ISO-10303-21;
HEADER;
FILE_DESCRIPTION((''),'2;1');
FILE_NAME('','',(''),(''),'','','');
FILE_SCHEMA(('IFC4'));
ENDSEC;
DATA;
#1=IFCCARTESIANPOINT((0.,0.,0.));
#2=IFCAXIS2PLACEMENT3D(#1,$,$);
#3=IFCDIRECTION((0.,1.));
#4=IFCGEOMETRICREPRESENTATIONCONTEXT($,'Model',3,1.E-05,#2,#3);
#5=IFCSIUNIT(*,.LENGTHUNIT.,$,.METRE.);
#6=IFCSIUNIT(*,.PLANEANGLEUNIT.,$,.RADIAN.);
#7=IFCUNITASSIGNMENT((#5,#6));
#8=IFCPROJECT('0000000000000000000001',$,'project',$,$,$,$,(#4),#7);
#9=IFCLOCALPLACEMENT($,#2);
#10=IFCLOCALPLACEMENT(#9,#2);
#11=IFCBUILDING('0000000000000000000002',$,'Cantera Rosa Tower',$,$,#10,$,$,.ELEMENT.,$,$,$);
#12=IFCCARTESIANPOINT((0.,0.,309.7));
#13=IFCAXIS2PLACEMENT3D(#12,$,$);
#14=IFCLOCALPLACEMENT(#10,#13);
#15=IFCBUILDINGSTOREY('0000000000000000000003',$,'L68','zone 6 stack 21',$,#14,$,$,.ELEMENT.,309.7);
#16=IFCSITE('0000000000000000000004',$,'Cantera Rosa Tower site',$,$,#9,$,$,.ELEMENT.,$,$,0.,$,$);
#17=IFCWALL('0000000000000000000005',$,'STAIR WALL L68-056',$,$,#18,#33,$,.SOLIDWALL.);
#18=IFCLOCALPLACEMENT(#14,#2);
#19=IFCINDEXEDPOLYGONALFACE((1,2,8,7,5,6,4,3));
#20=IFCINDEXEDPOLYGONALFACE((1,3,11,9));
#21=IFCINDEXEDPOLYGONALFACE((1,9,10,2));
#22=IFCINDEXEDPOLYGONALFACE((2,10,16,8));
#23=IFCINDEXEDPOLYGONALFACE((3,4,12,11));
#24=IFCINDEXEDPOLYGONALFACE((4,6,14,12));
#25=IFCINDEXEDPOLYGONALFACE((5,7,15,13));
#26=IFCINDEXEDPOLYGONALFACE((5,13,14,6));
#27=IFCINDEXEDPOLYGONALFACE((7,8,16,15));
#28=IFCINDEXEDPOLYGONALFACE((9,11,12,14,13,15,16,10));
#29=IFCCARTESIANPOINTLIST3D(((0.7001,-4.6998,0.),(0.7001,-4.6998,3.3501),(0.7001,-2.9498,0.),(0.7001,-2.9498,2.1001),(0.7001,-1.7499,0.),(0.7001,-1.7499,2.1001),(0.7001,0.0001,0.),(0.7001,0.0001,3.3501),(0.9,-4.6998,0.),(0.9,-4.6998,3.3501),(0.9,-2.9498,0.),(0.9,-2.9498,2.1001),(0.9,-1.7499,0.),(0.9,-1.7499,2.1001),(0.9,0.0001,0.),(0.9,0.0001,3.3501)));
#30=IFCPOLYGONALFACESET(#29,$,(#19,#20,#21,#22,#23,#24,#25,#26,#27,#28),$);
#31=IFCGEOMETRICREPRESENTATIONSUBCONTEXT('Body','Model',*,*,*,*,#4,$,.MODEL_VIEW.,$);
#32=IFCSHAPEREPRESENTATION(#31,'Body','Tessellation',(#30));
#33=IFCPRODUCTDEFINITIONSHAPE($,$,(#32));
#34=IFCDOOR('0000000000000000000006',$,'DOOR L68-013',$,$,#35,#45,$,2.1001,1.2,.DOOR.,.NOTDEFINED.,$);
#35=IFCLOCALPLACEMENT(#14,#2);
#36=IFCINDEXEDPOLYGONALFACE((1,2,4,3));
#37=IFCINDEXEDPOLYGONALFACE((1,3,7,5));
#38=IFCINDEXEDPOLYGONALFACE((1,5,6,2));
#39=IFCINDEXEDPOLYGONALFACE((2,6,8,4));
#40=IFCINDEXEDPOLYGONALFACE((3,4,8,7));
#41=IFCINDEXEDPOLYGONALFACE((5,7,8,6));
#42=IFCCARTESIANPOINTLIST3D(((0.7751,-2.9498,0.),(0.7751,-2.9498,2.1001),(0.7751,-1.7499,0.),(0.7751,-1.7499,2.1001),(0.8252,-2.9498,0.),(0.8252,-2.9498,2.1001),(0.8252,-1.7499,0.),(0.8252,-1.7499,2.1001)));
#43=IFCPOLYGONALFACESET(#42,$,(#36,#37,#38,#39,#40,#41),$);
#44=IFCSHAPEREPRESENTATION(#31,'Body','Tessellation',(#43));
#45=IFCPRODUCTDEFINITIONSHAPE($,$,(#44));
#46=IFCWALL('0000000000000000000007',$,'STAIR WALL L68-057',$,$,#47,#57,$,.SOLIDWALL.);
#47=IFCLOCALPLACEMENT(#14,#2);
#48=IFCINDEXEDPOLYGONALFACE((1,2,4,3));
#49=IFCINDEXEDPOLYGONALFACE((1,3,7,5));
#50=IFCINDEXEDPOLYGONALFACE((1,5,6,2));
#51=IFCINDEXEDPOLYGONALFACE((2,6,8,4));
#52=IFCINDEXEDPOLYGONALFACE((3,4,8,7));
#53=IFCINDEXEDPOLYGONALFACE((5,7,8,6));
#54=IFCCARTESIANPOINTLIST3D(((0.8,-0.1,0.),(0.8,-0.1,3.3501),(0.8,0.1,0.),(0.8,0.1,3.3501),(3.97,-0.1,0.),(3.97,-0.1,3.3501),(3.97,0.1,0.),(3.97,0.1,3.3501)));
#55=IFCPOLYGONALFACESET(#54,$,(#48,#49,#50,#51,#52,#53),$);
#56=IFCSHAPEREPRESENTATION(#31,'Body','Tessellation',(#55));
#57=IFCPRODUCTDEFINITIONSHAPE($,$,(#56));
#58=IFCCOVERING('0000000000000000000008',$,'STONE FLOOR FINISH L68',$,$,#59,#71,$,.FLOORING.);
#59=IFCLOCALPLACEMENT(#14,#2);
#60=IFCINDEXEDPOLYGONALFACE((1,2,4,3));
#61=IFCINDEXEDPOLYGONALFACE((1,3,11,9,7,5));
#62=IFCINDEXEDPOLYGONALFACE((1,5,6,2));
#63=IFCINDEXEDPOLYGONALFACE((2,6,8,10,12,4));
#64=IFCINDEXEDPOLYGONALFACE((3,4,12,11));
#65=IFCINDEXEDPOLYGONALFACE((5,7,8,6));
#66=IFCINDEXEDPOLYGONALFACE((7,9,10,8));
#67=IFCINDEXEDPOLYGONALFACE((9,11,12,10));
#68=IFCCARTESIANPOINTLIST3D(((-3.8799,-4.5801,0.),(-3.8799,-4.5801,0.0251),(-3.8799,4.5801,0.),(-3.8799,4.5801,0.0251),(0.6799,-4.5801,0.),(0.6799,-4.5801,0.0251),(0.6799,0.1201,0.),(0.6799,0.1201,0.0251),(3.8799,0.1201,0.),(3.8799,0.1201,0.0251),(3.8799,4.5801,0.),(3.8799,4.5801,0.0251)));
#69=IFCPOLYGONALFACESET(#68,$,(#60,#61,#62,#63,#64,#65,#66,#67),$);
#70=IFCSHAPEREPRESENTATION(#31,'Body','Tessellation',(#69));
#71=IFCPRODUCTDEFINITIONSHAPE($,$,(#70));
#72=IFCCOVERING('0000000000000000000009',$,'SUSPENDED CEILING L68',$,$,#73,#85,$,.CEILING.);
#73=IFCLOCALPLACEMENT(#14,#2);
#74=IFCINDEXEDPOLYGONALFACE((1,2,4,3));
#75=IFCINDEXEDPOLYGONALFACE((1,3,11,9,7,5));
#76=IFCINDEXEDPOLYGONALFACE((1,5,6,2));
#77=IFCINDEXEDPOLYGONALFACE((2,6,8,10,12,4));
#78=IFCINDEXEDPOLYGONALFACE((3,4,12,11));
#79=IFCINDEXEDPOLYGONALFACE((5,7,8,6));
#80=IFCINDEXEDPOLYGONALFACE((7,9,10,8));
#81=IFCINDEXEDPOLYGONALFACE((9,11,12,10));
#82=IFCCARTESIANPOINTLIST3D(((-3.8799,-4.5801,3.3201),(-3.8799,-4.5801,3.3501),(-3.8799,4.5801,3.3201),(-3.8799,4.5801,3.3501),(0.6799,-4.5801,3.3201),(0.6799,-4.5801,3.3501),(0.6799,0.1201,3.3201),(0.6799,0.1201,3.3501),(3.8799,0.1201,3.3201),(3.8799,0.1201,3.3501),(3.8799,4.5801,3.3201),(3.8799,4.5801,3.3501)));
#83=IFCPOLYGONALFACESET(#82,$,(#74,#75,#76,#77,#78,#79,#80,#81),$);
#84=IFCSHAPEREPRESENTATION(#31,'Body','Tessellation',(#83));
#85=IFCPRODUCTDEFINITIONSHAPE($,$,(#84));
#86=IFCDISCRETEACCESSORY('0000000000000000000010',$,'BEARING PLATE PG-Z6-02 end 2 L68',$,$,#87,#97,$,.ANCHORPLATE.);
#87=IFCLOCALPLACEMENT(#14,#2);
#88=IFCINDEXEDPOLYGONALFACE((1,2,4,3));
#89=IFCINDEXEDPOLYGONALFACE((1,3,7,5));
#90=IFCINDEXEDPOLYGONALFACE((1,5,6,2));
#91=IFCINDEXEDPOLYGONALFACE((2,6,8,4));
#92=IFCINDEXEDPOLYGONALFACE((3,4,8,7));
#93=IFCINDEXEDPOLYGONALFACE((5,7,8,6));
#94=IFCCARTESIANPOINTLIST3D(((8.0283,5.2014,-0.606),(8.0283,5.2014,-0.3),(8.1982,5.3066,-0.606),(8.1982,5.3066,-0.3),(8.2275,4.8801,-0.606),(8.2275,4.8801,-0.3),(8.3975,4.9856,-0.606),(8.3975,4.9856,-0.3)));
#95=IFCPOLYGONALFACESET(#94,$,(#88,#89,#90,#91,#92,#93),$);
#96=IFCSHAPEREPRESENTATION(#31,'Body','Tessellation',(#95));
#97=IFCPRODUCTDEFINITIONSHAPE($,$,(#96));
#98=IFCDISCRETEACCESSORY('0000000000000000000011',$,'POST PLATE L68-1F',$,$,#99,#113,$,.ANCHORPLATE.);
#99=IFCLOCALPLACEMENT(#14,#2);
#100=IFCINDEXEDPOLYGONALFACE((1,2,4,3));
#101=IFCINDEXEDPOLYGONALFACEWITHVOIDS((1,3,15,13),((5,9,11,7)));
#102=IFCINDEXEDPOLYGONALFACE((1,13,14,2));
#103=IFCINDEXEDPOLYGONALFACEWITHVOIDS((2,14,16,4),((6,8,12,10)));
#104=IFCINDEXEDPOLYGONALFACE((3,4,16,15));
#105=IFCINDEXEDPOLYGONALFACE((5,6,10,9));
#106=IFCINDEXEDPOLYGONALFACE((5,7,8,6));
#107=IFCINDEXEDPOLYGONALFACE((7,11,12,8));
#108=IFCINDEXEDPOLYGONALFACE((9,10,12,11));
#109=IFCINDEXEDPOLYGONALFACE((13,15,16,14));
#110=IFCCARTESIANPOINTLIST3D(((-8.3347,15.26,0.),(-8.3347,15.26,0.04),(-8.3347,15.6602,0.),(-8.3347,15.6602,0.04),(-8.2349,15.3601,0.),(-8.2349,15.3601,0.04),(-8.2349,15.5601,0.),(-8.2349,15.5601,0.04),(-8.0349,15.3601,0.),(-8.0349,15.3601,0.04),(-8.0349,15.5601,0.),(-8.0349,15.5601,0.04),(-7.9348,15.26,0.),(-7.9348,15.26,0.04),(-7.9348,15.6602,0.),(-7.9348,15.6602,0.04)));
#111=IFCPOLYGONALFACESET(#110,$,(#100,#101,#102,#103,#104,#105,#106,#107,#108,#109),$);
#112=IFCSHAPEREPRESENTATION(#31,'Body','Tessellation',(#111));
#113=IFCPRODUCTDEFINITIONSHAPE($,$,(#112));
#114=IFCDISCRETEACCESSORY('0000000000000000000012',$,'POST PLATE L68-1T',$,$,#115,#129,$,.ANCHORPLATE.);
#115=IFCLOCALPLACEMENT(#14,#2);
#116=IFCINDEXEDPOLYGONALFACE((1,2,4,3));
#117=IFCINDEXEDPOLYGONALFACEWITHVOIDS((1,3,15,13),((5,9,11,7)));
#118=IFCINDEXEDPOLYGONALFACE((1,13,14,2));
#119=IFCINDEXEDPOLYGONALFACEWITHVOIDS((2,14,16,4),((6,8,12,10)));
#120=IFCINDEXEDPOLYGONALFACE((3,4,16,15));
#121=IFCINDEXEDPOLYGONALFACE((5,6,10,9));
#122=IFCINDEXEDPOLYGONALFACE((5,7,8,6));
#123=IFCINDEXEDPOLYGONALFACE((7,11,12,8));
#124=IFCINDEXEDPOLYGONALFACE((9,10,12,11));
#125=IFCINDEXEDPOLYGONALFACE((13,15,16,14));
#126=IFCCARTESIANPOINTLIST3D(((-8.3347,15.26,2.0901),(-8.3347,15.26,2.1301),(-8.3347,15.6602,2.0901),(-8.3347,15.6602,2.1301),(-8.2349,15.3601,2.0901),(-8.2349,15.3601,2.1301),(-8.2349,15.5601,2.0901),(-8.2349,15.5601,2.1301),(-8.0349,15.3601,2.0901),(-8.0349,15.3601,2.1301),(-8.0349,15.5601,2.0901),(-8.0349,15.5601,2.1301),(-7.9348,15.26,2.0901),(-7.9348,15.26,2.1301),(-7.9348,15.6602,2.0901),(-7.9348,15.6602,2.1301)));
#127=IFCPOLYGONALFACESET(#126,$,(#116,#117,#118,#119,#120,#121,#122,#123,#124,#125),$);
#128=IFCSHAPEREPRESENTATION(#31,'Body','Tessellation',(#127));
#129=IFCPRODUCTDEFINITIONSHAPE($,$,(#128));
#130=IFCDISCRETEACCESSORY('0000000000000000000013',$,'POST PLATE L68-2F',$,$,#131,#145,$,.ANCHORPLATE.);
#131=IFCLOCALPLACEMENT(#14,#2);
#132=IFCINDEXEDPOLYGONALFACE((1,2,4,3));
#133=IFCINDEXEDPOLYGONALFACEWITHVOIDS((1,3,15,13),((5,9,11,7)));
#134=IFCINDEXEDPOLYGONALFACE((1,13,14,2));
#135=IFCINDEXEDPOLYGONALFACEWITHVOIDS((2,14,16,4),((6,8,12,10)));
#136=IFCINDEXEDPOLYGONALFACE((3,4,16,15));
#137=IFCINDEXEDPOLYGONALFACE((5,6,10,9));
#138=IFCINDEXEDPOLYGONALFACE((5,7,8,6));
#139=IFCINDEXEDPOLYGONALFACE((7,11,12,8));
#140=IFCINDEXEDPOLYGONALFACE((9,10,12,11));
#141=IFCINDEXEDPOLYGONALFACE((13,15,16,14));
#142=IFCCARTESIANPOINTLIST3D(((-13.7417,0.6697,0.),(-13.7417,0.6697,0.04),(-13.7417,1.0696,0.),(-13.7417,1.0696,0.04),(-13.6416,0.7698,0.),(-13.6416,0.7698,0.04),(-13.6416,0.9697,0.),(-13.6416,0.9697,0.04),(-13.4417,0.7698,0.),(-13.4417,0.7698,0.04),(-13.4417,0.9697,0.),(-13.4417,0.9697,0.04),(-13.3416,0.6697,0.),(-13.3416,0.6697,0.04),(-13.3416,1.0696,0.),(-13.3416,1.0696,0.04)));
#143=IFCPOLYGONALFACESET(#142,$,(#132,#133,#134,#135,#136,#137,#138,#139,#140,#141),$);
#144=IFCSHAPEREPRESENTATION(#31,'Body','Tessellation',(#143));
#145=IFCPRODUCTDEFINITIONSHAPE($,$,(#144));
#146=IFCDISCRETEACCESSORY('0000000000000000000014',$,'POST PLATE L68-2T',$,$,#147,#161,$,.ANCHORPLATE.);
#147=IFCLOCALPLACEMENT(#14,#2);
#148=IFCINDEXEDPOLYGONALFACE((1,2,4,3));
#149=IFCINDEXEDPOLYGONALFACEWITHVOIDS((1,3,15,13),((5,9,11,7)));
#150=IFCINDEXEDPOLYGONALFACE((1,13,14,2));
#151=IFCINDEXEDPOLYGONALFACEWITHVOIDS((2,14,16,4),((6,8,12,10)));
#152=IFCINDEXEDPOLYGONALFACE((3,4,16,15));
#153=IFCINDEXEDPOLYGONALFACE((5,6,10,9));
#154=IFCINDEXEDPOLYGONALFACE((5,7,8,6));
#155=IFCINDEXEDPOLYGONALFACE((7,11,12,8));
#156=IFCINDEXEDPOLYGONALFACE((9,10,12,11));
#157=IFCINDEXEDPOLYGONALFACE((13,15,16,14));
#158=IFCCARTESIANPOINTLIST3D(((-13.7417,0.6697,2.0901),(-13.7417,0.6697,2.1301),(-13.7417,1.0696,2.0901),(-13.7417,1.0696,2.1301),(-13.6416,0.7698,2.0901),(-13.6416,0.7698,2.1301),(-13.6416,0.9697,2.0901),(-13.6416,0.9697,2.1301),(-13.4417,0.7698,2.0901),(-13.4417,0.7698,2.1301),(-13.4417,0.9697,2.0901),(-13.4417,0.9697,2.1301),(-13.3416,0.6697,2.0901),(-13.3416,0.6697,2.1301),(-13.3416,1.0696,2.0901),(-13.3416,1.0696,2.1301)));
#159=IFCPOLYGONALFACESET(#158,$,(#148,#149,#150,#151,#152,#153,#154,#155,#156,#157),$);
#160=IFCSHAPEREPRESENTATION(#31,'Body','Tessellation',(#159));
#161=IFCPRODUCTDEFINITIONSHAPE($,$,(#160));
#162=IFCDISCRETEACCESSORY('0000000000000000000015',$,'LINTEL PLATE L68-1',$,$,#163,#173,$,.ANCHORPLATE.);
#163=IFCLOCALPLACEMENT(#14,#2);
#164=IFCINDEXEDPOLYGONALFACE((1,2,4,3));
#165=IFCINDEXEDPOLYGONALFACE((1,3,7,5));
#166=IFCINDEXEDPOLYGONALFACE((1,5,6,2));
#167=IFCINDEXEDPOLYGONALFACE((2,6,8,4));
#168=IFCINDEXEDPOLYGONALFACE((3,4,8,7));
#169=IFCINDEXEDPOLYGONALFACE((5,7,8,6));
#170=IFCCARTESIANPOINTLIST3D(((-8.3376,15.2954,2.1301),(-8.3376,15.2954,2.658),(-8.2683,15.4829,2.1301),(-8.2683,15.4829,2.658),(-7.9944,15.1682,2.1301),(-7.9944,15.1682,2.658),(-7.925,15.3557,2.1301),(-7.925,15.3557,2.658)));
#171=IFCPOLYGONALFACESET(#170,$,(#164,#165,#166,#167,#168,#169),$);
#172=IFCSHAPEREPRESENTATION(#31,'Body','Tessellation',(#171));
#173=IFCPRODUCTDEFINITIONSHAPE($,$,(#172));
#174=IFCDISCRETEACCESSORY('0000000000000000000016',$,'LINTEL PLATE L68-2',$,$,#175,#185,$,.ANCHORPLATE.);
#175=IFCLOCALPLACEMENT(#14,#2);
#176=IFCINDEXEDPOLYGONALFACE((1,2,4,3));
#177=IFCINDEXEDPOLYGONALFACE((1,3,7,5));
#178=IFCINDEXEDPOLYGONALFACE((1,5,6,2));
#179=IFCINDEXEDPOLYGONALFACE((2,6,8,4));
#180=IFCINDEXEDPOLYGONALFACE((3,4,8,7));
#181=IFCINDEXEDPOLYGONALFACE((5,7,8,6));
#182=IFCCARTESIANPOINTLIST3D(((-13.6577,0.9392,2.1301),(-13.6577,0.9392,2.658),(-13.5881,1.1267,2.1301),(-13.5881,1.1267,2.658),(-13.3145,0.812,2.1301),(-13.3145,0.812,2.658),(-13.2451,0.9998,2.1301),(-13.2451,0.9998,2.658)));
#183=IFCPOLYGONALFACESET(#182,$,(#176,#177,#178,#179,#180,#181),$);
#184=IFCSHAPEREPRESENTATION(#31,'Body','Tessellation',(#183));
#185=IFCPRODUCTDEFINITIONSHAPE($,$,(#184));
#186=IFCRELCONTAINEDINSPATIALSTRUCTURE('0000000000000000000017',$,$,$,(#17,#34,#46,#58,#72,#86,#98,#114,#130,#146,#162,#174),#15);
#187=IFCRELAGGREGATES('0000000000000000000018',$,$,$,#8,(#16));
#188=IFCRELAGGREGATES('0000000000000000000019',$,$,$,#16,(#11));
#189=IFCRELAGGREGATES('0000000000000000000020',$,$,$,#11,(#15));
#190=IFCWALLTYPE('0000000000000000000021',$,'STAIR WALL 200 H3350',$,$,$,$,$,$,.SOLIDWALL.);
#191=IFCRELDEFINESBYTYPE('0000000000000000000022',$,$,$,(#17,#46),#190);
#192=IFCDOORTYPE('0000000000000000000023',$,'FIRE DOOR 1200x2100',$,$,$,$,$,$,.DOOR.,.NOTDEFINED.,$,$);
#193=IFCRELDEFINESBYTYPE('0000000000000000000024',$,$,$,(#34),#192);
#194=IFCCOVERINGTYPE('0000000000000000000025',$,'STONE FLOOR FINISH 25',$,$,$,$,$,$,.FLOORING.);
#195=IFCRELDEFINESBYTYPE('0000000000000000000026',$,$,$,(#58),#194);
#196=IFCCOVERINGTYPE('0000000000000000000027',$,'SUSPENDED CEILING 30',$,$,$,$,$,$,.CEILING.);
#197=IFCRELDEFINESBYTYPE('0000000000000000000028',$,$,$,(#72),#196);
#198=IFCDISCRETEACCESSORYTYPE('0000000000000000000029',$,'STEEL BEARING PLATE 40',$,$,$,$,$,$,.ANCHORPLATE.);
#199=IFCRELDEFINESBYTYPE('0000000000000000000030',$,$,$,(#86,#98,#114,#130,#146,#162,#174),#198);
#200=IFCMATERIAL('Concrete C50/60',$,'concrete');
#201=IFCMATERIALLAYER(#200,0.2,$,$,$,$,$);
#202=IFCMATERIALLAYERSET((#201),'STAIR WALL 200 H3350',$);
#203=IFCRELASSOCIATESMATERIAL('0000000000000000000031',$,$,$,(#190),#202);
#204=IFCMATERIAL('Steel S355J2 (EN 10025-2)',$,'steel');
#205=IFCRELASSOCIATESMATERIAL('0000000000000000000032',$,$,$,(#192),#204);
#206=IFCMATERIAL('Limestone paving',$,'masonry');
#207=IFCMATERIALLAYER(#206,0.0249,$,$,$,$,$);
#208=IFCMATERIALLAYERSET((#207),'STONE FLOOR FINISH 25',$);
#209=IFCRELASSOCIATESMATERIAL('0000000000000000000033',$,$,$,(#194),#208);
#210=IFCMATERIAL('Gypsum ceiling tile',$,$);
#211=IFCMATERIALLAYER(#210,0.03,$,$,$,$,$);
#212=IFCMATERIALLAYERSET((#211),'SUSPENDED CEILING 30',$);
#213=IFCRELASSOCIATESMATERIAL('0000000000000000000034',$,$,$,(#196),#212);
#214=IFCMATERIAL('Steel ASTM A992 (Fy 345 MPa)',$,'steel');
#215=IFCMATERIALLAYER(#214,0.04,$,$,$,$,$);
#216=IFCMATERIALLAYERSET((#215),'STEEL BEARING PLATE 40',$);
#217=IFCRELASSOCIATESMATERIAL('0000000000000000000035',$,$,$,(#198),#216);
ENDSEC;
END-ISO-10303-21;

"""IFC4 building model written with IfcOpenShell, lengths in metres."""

from ifc_helpers import new_model, si_unit, direction, frame, frame_2d, origin, place, context, subcontext, project, spatial, polyline, rectangle, outline, extrude, material, layer, layer_set, type_object, element, fill, save


model = new_model("IFC4")

# Units and contexts
model_context = context("Model", 3, precision=1e-05, world=origin(), true_north=direction((0.0, 1.0)))
body_context = subcontext(model_context, "Body", "Model", "MODEL_VIEW")
ifc_project = project(units=[si_unit("LENGTHUNIT", "METRE"), si_unit("PLANEANGLEUNIT", "RADIAN")], contexts=[model_context])

# Site, building, storey
site_placement = place(None, origin())
site = spatial("IfcSite", under=ifc_project, at=site_placement, Name="Cantera Rosa Tower site", CompositionType="ELEMENT", RefElevation=0.0)
building_placement = place(site_placement, origin())
building = spatial("IfcBuilding", under=site, at=building_placement, Name="Cantera Rosa Tower", CompositionType="ELEMENT")
storey_placement = place(building_placement, frame((0.0, 0.0, 309.7)))
storey = spatial("IfcBuildingStorey", under=building, at=storey_placement, Name="L68", Description="zone 6 stack 21", CompositionType="ELEMENT", Elevation=309.7)

# Wall, opening, door
ifc_material_1 = material(Name="Concrete C50/60", Category="concrete")
ifc_layer_1 = layer(ifc_material_1, 0.2)
ifc_layer_set_1 = layer_set([ifc_layer_1], Name="STAIR WALL 200 H3350")
wall_type_1 = type_object("IfcWallType", Name="STAIR WALL 200 H3350", PredefinedType="SOLIDWALL", material=ifc_layer_set_1)
wall_1_placement = place(storey_placement, frame((0.8, -4.7, 0.0), z_axis=(0.0, 0.0, 1.0), x_axis=(0.0, 1.0, 0.0)))
wall_1 = element("IfcWall", 1, at=wall_1_placement, inside=storey, type_object=wall_type_1, Name="STAIR WALL L68-056", PredefinedType="SOLIDWALL", context=body_context, shape_type="SweptSolid", body=[
    extrude(rectangle(XDim=4.7, YDim=0.2, at=frame_2d((2.3501, 0.0))), origin(), (0.0, 0.0, 1.0), 3.3501),
])
opening_1_placement = place(wall_1_placement, frame((1.75, 0.0, 0.0)))
opening_1 = element("IfcOpeningElement", 2, at=opening_1_placement, cuts=wall_1, PredefinedType="OPENING", context=body_context, shape_type="SweptSolid", body=[
    extrude(rectangle(XDim=1.2, YDim=2.1001, at=frame_2d((0.6001, 1.05))), frame((0.0, 0.1099, 0.0), z_axis=(0.0, -1.0, 0.0), x_axis=(1.0, 0.0, 0.0)), (0.0, 0.0, 1.0), 0.22),
])
ifc_material_2 = material(Name="Steel S355J2 (EN 10025-2)", Category="steel")
door_type_1 = type_object("IfcDoorType", Name="FIRE DOOR 1200x2100", OperationType="NOTDEFINED", PredefinedType="DOOR", material=ifc_material_2)
door_1_placement = place(opening_1_placement, origin())
door_1 = element("IfcDoor", 3, at=door_1_placement, inside=storey, type_object=door_type_1, Name="DOOR L68-013", OperationType="NOTDEFINED", OverallHeight=2.1001, OverallWidth=1.2, PredefinedType="DOOR", context=body_context, shape_type="SweptSolid", body=[
    extrude(rectangle(XDim=1.2, YDim=2.1001, at=frame_2d((0.6001, 1.05))), frame((0.0, 0.0249, 0.0), z_axis=(0.0, -1.0, 0.0), x_axis=(1.0, 0.0, 0.0)), (0.0, 0.0, 1.0), 0.05),
])
fill(opening_1, door_1)

# Wall
wall_2_placement = place(storey_placement, frame((0.8, 0.0, 0.0), z_axis=(0.0, 0.0, 1.0), x_axis=(1.0, 0.0, 0.0)))
element("IfcWall", 4, at=wall_2_placement, inside=storey, type_object=wall_type_1, Name="STAIR WALL L68-057", PredefinedType="SOLIDWALL", context=body_context, shape_type="SweptSolid", body=[
    extrude(rectangle(XDim=3.1699, YDim=0.2, at=frame_2d((1.585, 0.0))), origin(), (0.0, 0.0, 1.0), 3.3501),
])

# Coverings
ifc_material_3 = material(Name="Limestone paving", Category="masonry")
ifc_layer_2 = layer(ifc_material_3, 0.0249)
ifc_layer_set_2 = layer_set([ifc_layer_2], Name="STONE FLOOR FINISH 25")
covering_type_1 = type_object("IfcCoveringType", Name="STONE FLOOR FINISH 25", PredefinedType="FLOORING", material=ifc_layer_set_2)
covering_1_placement = place(storey_placement, origin())
element("IfcCovering", 5, at=covering_1_placement, inside=storey, type_object=covering_type_1, Name="STONE FLOOR FINISH L68", PredefinedType="FLOORING", context=body_context, shape_type="SweptSolid", body=[
    extrude(outline(polyline([(3.8799, 4.5801), (3.8799, 0.1201), (0.6799, 0.1201), (0.6799, -4.5801), (-3.8799, -4.5801), (-3.8799, 4.5801), (3.8799, 4.5801)])), origin(), (0.0, 0.0, 1.0), 0.0251),
])
ifc_material_4 = material(Name="Gypsum ceiling tile")
ifc_layer_3 = layer(ifc_material_4, 0.03)
ifc_layer_set_3 = layer_set([ifc_layer_3], Name="SUSPENDED CEILING 30")
covering_type_2 = type_object("IfcCoveringType", Name="SUSPENDED CEILING 30", PredefinedType="CEILING", material=ifc_layer_set_3)
covering_2_placement = place(storey_placement, frame((0.0, 0.0, 3.3201)))
element("IfcCovering", 6, at=covering_2_placement, inside=storey, type_object=covering_type_2, Name="SUSPENDED CEILING L68", PredefinedType="CEILING", context=body_context, shape_type="SweptSolid", body=[
    extrude(outline(polyline([(3.8799, 4.5801), (3.8799, 0.1201), (0.6799, 0.1201), (0.6799, -4.5801), (-3.8799, -4.5801), (-3.8799, 4.5801), (3.8799, 4.5801)])), origin(), (0.0, 0.0, 1.0), 0.03),
])

# Discrete accessories
ifc_material_5 = material(Name="Steel ASTM A992 (Fy 345 MPa)", Category="steel")
ifc_layer_4 = layer(ifc_material_5, 0.04)
ifc_layer_set_4 = layer_set([ifc_layer_4], Name="STEEL BEARING PLATE 40")
discrete_accessory_type = type_object("IfcDiscreteAccessoryType", Name="STEEL BEARING PLATE 40", PredefinedType="ANCHORPLATE", material=ifc_layer_set_4)
discrete_accessory_1_placement = place(storey_placement, frame((0.0, 0.0, -0.606)))
element("IfcDiscreteAccessory", 7, at=discrete_accessory_1_placement, inside=storey, type_object=discrete_accessory_type, Name="BEARING PLATE PG-Z6-02 end 2 L68", PredefinedType="ANCHORPLATE", context=body_context, shape_type="SweptSolid", body=[
    extrude(outline(polyline([(8.1982, 5.3066), (8.0283, 5.2014), (8.2275, 4.8801), (8.3975, 4.9856), (8.1982, 5.3066)])), origin(), (0.0, 0.0, 1.0), 0.3059),
])
for number, where, name in (
    (8, (0.0, 0.0, 0.0), "POST PLATE L68-1F"),
    (9, (0.0, 0.0, 2.0901), "POST PLATE L68-1T"),
):
    element("IfcDiscreteAccessory", number, at=place(storey_placement, frame(where)), inside=storey, type_object=discrete_accessory_type, Name=name, PredefinedType="ANCHORPLATE", context=body_context, shape_type="SweptSolid", body=[
        extrude(outline(polyline([(-8.3347, 15.26), (-7.9348, 15.26), (-7.9348, 15.6602), (-8.3347, 15.6602), (-8.3347, 15.26)]), holes=[polyline([(-8.2349, 15.3601), (-8.0349, 15.3601), (-8.0349, 15.5601), (-8.2349, 15.5601), (-8.2349, 15.3601)])]), origin(), (0.0, 0.0, 1.0), 0.04),
    ])
for number, where, name in (
    (10, (0.0, 0.0, 0.0), "POST PLATE L68-2F"),
    (11, (0.0, 0.0, 2.0901), "POST PLATE L68-2T"),
):
    element("IfcDiscreteAccessory", number, at=place(storey_placement, frame(where)), inside=storey, type_object=discrete_accessory_type, Name=name, PredefinedType="ANCHORPLATE", context=body_context, shape_type="SweptSolid", body=[
        extrude(outline(polyline([(-13.7417, 0.6697), (-13.3416, 0.6697), (-13.3416, 1.0696), (-13.7417, 1.0696), (-13.7417, 0.6697)]), holes=[polyline([(-13.6416, 0.7698), (-13.4417, 0.7698), (-13.4417, 0.9697), (-13.6416, 0.9697), (-13.6416, 0.7698)])]), origin(), (0.0, 0.0, 1.0), 0.04),
    ])
discrete_accessory_2_placement = place(storey_placement, frame((0.0, 0.0, 2.1301)))
element("IfcDiscreteAccessory", 12, at=discrete_accessory_2_placement, inside=storey, type_object=discrete_accessory_type, Name="LINTEL PLATE L68-1", PredefinedType="ANCHORPLATE", context=body_context, shape_type="SweptSolid", body=[
    extrude(outline(polyline([(-7.9944, 15.1682), (-7.925, 15.3557), (-8.2683, 15.4829), (-8.3376, 15.2954), (-7.9944, 15.1682)])), origin(), (0.0, 0.0, 1.0), 0.5278),
])
discrete_accessory_3_placement = place(storey_placement, frame((0.0, 0.0, 2.1301)))
element("IfcDiscreteAccessory", 13, at=discrete_accessory_3_placement, inside=storey, type_object=discrete_accessory_type, Name="LINTEL PLATE L68-2", PredefinedType="ANCHORPLATE", context=body_context, shape_type="SweptSolid", body=[
    extrude(outline(polyline([(-13.5881, 1.1267), (-13.6577, 0.9392), (-13.3145, 0.812), (-13.2451, 0.9998), (-13.5881, 1.1267)])), origin(), (0.0, 0.0, 1.0), 0.5278),
])

save(model, "model.ifc")
